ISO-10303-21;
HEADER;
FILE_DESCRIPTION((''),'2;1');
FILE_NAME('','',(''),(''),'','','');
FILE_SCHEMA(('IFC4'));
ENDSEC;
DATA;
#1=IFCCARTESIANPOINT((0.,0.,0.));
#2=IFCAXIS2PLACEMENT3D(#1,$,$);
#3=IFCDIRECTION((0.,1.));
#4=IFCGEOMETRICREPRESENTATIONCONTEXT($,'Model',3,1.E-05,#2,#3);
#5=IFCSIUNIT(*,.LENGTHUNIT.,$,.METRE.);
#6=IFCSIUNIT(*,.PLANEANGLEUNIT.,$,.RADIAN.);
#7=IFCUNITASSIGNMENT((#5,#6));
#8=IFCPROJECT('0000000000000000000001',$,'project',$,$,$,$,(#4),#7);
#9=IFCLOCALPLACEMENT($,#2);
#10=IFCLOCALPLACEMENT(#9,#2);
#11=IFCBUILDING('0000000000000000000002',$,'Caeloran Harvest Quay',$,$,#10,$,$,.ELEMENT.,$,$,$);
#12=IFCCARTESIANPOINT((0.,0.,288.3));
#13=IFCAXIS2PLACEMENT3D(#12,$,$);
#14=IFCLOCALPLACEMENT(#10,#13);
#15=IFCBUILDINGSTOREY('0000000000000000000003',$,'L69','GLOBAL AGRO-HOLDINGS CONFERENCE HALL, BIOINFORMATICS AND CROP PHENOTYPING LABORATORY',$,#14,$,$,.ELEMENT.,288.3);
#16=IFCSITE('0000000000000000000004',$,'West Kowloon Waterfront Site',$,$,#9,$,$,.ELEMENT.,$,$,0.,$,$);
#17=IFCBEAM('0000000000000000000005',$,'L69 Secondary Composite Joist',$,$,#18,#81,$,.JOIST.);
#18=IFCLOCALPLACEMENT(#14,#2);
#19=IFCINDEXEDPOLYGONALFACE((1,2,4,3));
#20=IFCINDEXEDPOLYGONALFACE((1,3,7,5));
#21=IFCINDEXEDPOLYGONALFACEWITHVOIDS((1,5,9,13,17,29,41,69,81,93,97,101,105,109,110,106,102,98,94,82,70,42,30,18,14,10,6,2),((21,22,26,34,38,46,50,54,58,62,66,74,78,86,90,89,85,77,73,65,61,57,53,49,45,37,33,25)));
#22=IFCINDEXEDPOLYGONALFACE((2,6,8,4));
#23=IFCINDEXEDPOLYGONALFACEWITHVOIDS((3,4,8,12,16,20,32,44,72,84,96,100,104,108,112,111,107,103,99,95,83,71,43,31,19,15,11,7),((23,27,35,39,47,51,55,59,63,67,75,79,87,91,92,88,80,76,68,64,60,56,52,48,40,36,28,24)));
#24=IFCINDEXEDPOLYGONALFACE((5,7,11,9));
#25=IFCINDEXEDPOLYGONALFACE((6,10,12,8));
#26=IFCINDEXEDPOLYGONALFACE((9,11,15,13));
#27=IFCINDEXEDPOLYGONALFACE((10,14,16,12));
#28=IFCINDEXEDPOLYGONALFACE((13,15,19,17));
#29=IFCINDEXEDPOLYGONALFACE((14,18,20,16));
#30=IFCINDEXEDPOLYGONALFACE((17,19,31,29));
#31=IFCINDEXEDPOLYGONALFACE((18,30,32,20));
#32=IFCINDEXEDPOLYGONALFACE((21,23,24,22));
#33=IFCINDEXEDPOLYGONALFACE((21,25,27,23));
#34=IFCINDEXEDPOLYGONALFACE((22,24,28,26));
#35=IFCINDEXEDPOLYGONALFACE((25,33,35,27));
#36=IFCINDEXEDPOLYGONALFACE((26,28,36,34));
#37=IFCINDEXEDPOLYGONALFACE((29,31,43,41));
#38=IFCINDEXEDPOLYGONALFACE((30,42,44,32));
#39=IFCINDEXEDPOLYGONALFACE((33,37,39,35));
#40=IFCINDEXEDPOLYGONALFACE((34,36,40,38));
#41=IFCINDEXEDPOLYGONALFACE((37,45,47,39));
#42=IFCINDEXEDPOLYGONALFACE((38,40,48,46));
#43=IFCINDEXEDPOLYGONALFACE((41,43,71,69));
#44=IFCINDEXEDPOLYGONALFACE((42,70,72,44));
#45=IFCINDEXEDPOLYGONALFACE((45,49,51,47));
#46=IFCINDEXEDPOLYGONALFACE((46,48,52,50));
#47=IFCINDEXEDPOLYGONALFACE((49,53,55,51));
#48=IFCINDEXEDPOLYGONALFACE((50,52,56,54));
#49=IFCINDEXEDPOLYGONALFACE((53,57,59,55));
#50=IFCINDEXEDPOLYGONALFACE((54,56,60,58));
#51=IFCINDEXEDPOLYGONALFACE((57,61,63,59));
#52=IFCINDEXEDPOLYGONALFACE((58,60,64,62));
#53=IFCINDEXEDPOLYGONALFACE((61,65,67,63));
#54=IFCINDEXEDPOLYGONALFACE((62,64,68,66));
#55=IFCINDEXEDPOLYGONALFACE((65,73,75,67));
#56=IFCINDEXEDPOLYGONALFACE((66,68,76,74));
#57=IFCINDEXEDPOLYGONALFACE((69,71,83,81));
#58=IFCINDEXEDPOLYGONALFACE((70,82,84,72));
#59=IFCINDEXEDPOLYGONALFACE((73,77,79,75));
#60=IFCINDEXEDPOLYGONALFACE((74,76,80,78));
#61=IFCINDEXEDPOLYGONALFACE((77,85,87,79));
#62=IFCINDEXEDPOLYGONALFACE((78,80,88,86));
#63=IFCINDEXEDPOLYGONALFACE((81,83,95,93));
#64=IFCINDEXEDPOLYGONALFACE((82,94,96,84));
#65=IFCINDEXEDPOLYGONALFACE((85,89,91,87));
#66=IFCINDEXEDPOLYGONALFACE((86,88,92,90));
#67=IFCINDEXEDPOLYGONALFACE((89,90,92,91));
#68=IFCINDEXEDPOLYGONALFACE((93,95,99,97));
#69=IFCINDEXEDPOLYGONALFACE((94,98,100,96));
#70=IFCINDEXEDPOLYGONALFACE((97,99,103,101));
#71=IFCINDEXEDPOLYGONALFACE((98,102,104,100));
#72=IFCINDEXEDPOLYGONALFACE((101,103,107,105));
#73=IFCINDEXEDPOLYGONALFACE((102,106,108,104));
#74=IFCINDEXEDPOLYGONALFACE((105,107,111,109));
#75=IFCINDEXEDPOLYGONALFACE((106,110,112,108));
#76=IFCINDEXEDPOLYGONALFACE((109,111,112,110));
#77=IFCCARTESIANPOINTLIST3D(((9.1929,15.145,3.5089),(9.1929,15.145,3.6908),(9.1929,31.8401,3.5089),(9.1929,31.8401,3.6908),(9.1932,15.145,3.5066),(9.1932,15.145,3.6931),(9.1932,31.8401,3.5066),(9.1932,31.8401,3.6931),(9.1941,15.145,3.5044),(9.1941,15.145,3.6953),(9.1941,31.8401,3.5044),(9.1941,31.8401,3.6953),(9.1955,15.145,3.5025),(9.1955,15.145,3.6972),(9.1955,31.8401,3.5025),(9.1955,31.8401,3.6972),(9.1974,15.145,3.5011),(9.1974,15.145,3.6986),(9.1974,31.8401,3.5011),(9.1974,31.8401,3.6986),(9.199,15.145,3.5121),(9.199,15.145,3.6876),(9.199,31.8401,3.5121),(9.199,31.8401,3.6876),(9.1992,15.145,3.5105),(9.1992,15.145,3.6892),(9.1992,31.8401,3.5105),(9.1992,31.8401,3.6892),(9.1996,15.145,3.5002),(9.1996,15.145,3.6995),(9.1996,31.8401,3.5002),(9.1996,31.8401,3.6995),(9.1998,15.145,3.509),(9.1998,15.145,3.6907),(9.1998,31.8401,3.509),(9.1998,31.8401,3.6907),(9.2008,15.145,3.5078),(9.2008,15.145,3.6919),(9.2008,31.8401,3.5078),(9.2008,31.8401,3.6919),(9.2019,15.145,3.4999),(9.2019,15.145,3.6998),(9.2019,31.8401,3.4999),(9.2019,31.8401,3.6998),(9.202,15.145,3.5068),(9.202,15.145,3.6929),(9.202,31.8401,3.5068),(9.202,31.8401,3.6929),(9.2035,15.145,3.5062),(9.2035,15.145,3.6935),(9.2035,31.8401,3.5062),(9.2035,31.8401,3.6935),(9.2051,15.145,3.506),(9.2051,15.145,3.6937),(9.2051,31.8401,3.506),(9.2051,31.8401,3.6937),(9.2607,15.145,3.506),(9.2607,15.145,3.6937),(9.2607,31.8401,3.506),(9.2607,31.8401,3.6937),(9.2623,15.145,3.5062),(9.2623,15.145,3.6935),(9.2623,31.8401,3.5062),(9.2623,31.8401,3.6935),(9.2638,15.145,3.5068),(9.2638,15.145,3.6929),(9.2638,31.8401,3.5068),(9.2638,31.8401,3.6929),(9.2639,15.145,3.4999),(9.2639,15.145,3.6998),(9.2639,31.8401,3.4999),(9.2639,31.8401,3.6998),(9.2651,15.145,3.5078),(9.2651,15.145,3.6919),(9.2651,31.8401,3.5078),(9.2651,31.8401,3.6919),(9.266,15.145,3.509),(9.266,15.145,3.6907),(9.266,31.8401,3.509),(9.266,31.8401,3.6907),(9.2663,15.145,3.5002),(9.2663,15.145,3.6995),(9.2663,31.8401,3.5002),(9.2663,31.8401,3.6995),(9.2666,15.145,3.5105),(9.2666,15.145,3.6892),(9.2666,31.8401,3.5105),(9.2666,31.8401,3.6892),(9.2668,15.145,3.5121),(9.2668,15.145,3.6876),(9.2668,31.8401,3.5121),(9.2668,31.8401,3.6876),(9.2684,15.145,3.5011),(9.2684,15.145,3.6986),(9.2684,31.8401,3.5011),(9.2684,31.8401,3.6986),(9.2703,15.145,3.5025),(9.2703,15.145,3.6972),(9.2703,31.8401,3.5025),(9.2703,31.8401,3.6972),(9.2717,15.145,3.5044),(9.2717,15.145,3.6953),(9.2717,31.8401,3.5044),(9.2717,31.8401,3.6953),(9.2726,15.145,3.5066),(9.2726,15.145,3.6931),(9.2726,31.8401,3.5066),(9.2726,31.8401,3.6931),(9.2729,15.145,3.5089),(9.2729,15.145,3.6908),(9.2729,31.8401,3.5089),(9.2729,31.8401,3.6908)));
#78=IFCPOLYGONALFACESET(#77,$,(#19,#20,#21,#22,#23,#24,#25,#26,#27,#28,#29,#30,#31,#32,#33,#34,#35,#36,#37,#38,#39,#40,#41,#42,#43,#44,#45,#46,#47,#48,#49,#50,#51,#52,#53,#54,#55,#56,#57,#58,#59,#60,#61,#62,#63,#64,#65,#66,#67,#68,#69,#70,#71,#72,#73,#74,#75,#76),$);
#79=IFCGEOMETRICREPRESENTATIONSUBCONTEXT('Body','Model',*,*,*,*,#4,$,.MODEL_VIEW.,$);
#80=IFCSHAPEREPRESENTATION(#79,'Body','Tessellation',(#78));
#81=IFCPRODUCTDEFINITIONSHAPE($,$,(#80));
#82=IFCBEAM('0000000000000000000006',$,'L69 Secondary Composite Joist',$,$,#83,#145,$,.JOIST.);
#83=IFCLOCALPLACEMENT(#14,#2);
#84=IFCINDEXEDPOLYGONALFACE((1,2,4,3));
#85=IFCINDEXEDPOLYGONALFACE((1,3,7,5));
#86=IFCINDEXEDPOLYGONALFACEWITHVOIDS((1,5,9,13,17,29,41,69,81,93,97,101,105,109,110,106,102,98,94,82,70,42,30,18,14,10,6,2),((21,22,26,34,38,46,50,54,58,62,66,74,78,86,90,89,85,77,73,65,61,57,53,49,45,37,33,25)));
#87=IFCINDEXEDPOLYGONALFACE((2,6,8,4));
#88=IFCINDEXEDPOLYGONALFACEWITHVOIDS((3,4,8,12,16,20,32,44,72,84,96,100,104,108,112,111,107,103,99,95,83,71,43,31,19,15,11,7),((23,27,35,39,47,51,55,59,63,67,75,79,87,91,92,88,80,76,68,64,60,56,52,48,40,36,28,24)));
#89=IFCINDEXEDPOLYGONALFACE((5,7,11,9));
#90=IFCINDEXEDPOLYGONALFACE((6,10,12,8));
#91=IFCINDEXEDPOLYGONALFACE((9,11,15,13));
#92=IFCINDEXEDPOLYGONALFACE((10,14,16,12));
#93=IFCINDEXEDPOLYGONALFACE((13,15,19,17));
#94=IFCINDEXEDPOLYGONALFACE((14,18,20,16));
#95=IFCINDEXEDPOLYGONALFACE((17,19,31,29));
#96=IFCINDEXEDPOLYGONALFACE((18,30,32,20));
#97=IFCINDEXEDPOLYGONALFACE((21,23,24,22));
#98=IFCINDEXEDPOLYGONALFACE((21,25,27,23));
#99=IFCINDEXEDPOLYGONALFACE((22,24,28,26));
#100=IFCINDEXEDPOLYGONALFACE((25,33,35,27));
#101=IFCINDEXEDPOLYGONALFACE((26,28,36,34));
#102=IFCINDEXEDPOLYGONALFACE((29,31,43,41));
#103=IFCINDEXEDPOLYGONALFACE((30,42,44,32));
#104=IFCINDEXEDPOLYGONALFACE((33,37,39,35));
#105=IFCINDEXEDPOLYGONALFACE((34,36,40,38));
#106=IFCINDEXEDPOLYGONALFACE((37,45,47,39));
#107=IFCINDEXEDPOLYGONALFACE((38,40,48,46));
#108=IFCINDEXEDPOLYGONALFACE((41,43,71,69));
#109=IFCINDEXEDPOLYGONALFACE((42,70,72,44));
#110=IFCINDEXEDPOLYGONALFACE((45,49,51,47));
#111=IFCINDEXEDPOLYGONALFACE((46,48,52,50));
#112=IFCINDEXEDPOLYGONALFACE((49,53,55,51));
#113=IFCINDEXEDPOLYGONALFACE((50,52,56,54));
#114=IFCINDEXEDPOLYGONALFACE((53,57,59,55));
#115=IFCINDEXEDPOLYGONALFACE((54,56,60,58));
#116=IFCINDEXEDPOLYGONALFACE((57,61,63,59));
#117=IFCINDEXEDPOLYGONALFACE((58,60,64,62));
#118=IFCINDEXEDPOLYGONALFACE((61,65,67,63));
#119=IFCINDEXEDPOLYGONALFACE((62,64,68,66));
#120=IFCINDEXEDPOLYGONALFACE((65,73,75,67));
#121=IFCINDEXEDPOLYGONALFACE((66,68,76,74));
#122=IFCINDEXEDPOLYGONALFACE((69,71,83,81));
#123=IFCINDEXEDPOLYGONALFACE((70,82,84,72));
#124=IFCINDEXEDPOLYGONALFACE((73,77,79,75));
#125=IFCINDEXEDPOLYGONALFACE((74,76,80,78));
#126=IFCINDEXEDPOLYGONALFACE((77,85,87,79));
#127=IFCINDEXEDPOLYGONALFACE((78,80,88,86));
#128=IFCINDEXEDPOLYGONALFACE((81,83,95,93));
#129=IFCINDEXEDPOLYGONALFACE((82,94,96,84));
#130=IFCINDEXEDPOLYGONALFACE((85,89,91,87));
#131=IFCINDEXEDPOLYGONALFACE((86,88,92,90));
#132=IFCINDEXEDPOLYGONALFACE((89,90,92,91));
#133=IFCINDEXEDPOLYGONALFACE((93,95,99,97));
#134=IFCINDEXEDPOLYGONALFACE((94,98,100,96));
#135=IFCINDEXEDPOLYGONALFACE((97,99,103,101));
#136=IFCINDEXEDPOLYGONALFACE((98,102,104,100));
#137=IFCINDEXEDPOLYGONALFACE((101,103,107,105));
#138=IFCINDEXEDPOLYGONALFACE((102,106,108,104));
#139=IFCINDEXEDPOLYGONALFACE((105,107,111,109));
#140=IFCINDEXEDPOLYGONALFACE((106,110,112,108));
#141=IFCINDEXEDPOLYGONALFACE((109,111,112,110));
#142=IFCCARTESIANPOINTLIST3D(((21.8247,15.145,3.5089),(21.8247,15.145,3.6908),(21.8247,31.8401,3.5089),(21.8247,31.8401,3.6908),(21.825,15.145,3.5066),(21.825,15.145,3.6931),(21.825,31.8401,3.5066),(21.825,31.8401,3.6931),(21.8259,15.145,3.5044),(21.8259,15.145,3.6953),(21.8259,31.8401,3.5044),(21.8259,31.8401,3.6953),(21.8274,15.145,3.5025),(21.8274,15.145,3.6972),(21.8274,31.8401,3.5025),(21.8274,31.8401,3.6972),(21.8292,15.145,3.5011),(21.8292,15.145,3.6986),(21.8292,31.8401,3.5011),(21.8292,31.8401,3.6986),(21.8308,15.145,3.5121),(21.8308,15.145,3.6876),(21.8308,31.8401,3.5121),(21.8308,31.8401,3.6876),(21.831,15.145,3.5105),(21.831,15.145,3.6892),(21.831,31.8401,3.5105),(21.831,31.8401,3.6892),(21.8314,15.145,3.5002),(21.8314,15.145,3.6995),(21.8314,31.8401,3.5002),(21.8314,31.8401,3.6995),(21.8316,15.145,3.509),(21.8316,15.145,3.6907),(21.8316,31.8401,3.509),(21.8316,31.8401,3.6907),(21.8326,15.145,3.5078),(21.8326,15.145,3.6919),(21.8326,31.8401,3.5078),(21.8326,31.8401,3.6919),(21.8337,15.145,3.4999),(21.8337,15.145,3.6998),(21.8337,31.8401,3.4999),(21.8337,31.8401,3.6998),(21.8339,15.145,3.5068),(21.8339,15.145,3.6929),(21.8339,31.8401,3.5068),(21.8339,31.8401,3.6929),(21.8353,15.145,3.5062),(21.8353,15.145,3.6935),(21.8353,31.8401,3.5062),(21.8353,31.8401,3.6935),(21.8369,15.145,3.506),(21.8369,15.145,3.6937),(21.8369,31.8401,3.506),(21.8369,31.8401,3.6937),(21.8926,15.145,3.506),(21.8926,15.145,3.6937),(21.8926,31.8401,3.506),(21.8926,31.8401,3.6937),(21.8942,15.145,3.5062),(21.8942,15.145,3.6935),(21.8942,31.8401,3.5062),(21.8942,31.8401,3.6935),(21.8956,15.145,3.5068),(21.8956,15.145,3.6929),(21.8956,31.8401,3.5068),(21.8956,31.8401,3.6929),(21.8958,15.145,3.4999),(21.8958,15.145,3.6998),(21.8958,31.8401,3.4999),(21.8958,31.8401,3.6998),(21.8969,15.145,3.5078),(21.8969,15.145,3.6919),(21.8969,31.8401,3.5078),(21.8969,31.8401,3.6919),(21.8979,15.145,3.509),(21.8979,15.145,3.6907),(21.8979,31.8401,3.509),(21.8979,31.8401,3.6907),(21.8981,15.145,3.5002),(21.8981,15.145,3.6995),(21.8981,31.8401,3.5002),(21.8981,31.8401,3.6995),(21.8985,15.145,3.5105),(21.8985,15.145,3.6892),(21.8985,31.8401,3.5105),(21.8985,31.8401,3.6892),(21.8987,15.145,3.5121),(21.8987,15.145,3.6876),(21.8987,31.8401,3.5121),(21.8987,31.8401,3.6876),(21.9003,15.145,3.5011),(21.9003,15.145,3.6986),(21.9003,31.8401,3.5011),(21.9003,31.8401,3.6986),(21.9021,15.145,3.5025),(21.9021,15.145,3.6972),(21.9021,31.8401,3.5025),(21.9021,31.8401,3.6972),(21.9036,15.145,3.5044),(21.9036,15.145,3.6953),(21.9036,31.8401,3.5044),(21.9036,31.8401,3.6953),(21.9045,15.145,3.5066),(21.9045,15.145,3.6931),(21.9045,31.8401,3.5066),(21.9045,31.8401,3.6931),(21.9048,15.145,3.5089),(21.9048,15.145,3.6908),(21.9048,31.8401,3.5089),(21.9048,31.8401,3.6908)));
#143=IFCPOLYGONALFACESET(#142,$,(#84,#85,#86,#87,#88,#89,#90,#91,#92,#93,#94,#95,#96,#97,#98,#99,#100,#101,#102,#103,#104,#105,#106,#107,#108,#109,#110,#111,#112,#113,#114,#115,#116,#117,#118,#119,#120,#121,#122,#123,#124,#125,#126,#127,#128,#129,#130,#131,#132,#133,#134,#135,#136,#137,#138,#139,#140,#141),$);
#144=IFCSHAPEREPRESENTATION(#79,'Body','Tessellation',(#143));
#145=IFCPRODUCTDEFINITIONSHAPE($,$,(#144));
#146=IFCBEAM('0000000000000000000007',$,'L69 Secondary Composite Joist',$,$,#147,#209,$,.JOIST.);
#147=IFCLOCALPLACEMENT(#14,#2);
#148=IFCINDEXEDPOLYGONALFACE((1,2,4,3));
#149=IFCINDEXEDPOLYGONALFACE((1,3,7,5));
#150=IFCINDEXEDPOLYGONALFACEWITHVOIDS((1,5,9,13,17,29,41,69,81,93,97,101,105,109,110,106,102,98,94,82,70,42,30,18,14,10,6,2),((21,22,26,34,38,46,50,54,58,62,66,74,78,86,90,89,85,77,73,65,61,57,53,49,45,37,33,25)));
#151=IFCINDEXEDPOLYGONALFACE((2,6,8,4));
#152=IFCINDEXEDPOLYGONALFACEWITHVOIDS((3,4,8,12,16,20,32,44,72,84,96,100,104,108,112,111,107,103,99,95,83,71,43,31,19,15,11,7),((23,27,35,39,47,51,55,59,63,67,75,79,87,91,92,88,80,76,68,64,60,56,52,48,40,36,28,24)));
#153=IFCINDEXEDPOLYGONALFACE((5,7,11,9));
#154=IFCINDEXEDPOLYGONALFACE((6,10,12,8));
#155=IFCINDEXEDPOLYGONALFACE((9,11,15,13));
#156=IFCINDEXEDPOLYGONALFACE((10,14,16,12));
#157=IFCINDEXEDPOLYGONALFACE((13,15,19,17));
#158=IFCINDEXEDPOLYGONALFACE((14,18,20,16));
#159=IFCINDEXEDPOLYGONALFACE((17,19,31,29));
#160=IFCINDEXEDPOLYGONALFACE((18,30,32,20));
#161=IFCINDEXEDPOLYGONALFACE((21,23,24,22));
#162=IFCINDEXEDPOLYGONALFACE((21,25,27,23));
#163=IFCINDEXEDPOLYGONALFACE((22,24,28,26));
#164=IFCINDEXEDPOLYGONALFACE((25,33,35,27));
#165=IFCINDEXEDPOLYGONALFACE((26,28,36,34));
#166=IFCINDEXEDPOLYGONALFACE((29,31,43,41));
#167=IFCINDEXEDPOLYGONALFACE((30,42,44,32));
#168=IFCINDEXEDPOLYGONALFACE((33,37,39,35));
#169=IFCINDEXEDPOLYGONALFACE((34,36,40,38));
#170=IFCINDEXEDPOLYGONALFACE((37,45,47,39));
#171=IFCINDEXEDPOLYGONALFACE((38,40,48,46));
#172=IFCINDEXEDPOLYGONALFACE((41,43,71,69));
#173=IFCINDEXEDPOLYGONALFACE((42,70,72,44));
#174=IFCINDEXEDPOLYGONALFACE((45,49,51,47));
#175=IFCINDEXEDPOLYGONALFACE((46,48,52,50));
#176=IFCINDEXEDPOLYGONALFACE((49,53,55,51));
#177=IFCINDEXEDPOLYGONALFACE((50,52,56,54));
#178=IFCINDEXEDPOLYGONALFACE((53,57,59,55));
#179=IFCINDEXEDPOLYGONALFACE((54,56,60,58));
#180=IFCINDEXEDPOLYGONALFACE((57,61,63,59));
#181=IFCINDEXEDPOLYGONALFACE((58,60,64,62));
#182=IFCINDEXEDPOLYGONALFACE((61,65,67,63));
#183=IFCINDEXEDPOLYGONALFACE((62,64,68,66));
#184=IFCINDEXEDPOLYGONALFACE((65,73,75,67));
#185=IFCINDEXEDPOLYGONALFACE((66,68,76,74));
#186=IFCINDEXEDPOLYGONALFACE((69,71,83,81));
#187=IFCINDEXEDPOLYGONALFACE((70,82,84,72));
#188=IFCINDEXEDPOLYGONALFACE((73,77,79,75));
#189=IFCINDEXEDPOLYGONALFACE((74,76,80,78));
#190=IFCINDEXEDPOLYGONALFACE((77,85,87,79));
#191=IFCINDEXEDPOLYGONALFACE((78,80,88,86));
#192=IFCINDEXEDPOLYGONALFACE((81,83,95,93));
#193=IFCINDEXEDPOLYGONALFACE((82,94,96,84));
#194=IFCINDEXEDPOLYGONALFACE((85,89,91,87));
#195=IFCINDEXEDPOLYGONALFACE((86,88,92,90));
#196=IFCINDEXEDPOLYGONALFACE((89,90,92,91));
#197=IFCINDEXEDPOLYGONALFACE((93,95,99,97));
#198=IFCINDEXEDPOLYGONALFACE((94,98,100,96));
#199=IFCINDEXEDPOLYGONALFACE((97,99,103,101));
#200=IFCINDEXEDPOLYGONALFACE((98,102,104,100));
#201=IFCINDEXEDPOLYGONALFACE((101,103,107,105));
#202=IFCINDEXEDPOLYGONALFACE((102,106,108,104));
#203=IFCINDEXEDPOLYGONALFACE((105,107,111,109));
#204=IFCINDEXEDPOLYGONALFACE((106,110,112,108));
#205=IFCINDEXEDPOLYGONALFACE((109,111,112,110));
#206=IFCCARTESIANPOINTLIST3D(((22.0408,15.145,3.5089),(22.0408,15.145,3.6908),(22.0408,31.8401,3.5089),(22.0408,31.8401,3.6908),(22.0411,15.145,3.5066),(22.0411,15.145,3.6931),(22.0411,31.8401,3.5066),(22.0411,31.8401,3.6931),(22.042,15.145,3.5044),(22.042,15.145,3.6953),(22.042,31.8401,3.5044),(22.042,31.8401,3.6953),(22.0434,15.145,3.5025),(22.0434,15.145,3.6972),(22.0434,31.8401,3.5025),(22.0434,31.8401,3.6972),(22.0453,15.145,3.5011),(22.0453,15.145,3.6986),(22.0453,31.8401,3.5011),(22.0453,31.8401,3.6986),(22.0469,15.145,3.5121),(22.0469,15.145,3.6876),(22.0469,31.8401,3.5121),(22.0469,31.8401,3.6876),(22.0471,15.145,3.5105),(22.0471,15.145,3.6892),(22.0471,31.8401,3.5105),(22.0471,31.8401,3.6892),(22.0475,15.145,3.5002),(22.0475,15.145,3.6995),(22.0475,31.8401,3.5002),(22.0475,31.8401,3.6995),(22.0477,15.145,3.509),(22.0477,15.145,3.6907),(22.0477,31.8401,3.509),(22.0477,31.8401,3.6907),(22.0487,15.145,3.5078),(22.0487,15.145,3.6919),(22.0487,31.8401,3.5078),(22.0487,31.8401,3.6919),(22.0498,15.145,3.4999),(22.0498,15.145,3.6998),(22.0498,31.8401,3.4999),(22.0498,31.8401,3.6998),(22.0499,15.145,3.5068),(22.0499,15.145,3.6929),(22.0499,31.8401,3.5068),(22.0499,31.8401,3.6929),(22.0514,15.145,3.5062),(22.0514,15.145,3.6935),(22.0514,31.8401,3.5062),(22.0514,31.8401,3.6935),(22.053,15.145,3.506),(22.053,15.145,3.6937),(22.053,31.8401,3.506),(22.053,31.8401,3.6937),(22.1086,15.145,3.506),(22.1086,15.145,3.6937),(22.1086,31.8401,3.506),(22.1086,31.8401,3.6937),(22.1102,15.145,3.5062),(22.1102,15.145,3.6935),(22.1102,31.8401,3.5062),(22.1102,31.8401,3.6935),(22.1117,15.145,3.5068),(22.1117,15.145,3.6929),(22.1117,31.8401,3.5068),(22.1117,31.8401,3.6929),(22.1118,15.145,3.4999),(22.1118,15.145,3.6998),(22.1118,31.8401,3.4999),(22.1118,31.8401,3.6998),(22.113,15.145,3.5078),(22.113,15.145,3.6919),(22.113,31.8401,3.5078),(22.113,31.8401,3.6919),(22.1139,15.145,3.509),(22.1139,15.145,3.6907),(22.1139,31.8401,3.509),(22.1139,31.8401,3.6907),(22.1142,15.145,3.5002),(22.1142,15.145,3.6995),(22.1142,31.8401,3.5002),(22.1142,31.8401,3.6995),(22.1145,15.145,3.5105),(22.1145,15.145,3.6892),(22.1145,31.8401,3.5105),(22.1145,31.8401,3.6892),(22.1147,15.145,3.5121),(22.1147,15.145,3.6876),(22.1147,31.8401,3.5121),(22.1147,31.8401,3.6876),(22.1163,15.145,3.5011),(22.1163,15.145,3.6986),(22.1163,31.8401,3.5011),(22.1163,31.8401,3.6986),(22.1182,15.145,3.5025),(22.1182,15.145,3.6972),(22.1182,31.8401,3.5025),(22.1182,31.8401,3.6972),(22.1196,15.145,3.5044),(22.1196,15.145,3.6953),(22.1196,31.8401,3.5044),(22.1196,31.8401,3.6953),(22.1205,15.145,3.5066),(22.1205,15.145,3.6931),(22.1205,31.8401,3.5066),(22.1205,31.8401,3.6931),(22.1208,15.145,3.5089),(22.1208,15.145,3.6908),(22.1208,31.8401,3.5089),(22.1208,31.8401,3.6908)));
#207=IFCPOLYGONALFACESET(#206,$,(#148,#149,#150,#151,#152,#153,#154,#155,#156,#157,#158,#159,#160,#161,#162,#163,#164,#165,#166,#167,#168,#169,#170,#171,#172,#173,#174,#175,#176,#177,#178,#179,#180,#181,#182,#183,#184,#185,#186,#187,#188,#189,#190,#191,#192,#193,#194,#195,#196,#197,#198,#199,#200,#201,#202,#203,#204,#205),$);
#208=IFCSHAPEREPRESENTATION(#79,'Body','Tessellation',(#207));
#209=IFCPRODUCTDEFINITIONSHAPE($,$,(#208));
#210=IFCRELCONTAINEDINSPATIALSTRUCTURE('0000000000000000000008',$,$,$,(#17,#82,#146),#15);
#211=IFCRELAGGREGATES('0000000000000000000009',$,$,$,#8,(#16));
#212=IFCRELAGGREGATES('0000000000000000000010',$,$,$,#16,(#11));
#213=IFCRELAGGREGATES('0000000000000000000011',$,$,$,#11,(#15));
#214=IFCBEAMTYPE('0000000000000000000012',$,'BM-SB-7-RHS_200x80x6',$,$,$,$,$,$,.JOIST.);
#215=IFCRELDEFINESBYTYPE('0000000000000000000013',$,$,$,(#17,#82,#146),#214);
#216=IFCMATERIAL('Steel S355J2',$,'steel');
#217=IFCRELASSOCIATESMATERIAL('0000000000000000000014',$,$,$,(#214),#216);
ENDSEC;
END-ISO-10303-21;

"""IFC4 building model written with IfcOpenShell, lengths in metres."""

from ifc_helpers import new_model, si_unit, direction, frame, origin, origin_2d, place, context, subcontext, project, spatial, hollow_rectangle, extrude, material, material_profile, profile_set, type_object, element, save


model = new_model("IFC4")

# Units and contexts
model_context = context("Model", 3, precision=1e-05, world=origin(), true_north=direction((0.0, 1.0)))
body_context = subcontext(model_context, "Body", "Model", "MODEL_VIEW")
ifc_project = project(units=[si_unit("LENGTHUNIT", "METRE"), si_unit("PLANEANGLEUNIT", "RADIAN")], contexts=[model_context])

# Site, building, storey
site_placement = place(None, origin())
site = spatial("IfcSite", under=ifc_project, at=site_placement, Name="West Kowloon Waterfront Site", CompositionType="ELEMENT", RefElevation=0.0)
building_placement = place(site_placement, origin())
building = spatial("IfcBuilding", under=site, at=building_placement, Name="Caeloran Harvest Quay", CompositionType="ELEMENT")
storey_placement = place(building_placement, frame((0.0, 0.0, 288.3)))
storey = spatial("IfcBuildingStorey", under=building, at=storey_placement, Name="L69", Description="GLOBAL AGRO-HOLDINGS CONFERENCE HALL, BIOINFORMATICS AND CROP PHENOTYPING LABORATORY", CompositionType="ELEMENT", Elevation=288.3)

# Beams
ifc_material_1 = material(Name="Steel S355J2", Category="steel")
ifc_material_profile_1 = material_profile(ifc_material_1, hollow_rectangle(XDim=0.0801, YDim=0.2, WallThickness=0.0061, InnerFilletRadius=0.0061, OuterFilletRadius=0.009, at=origin_2d()), Name="RHS 200x80x6")
ifc_profile_set_1 = profile_set([ifc_material_profile_1], Name="Steel S355J2")
beam_type_1 = type_object("IfcBeamType", Name="BM-SB-7-RHS_200x80x6", PredefinedType="JOIST", material=ifc_profile_set_1)
for number, where, z_axis, x_axis, name in (
    (1, (9.2329, 15.145, 3.5999), (0.0, 1.0, 0.0), (-1.0, 0.0, 0.0), "L69 Secondary Composite Joist"),
    (2, (21.8647, 15.145, 3.5999), (0.0, 1.0, 0.0), (-1.0, 0.0, 0.0), "L69 Secondary Composite Joist"),
    (3, (22.0808, 15.145, 3.5999), (0.0, 1.0, 0.0), (-1.0, 0.0, 0.0), "L69 Secondary Composite Joist"),
):
    element("IfcBeam", number, at=place(storey_placement, frame(where, z_axis=z_axis, x_axis=x_axis)), inside=storey, type_object=beam_type_1, Name=name, PredefinedType="JOIST", context=body_context, shape_type="SweptSolid", body=[
        extrude(hollow_rectangle(XDim=0.0801, YDim=0.2, WallThickness=0.0061, InnerFilletRadius=0.0061, OuterFilletRadius=0.009, at=origin_2d()), origin(), (0.0, 0.0, 1.0), 16.6951),
    ])

save(model, "model.ifc")
